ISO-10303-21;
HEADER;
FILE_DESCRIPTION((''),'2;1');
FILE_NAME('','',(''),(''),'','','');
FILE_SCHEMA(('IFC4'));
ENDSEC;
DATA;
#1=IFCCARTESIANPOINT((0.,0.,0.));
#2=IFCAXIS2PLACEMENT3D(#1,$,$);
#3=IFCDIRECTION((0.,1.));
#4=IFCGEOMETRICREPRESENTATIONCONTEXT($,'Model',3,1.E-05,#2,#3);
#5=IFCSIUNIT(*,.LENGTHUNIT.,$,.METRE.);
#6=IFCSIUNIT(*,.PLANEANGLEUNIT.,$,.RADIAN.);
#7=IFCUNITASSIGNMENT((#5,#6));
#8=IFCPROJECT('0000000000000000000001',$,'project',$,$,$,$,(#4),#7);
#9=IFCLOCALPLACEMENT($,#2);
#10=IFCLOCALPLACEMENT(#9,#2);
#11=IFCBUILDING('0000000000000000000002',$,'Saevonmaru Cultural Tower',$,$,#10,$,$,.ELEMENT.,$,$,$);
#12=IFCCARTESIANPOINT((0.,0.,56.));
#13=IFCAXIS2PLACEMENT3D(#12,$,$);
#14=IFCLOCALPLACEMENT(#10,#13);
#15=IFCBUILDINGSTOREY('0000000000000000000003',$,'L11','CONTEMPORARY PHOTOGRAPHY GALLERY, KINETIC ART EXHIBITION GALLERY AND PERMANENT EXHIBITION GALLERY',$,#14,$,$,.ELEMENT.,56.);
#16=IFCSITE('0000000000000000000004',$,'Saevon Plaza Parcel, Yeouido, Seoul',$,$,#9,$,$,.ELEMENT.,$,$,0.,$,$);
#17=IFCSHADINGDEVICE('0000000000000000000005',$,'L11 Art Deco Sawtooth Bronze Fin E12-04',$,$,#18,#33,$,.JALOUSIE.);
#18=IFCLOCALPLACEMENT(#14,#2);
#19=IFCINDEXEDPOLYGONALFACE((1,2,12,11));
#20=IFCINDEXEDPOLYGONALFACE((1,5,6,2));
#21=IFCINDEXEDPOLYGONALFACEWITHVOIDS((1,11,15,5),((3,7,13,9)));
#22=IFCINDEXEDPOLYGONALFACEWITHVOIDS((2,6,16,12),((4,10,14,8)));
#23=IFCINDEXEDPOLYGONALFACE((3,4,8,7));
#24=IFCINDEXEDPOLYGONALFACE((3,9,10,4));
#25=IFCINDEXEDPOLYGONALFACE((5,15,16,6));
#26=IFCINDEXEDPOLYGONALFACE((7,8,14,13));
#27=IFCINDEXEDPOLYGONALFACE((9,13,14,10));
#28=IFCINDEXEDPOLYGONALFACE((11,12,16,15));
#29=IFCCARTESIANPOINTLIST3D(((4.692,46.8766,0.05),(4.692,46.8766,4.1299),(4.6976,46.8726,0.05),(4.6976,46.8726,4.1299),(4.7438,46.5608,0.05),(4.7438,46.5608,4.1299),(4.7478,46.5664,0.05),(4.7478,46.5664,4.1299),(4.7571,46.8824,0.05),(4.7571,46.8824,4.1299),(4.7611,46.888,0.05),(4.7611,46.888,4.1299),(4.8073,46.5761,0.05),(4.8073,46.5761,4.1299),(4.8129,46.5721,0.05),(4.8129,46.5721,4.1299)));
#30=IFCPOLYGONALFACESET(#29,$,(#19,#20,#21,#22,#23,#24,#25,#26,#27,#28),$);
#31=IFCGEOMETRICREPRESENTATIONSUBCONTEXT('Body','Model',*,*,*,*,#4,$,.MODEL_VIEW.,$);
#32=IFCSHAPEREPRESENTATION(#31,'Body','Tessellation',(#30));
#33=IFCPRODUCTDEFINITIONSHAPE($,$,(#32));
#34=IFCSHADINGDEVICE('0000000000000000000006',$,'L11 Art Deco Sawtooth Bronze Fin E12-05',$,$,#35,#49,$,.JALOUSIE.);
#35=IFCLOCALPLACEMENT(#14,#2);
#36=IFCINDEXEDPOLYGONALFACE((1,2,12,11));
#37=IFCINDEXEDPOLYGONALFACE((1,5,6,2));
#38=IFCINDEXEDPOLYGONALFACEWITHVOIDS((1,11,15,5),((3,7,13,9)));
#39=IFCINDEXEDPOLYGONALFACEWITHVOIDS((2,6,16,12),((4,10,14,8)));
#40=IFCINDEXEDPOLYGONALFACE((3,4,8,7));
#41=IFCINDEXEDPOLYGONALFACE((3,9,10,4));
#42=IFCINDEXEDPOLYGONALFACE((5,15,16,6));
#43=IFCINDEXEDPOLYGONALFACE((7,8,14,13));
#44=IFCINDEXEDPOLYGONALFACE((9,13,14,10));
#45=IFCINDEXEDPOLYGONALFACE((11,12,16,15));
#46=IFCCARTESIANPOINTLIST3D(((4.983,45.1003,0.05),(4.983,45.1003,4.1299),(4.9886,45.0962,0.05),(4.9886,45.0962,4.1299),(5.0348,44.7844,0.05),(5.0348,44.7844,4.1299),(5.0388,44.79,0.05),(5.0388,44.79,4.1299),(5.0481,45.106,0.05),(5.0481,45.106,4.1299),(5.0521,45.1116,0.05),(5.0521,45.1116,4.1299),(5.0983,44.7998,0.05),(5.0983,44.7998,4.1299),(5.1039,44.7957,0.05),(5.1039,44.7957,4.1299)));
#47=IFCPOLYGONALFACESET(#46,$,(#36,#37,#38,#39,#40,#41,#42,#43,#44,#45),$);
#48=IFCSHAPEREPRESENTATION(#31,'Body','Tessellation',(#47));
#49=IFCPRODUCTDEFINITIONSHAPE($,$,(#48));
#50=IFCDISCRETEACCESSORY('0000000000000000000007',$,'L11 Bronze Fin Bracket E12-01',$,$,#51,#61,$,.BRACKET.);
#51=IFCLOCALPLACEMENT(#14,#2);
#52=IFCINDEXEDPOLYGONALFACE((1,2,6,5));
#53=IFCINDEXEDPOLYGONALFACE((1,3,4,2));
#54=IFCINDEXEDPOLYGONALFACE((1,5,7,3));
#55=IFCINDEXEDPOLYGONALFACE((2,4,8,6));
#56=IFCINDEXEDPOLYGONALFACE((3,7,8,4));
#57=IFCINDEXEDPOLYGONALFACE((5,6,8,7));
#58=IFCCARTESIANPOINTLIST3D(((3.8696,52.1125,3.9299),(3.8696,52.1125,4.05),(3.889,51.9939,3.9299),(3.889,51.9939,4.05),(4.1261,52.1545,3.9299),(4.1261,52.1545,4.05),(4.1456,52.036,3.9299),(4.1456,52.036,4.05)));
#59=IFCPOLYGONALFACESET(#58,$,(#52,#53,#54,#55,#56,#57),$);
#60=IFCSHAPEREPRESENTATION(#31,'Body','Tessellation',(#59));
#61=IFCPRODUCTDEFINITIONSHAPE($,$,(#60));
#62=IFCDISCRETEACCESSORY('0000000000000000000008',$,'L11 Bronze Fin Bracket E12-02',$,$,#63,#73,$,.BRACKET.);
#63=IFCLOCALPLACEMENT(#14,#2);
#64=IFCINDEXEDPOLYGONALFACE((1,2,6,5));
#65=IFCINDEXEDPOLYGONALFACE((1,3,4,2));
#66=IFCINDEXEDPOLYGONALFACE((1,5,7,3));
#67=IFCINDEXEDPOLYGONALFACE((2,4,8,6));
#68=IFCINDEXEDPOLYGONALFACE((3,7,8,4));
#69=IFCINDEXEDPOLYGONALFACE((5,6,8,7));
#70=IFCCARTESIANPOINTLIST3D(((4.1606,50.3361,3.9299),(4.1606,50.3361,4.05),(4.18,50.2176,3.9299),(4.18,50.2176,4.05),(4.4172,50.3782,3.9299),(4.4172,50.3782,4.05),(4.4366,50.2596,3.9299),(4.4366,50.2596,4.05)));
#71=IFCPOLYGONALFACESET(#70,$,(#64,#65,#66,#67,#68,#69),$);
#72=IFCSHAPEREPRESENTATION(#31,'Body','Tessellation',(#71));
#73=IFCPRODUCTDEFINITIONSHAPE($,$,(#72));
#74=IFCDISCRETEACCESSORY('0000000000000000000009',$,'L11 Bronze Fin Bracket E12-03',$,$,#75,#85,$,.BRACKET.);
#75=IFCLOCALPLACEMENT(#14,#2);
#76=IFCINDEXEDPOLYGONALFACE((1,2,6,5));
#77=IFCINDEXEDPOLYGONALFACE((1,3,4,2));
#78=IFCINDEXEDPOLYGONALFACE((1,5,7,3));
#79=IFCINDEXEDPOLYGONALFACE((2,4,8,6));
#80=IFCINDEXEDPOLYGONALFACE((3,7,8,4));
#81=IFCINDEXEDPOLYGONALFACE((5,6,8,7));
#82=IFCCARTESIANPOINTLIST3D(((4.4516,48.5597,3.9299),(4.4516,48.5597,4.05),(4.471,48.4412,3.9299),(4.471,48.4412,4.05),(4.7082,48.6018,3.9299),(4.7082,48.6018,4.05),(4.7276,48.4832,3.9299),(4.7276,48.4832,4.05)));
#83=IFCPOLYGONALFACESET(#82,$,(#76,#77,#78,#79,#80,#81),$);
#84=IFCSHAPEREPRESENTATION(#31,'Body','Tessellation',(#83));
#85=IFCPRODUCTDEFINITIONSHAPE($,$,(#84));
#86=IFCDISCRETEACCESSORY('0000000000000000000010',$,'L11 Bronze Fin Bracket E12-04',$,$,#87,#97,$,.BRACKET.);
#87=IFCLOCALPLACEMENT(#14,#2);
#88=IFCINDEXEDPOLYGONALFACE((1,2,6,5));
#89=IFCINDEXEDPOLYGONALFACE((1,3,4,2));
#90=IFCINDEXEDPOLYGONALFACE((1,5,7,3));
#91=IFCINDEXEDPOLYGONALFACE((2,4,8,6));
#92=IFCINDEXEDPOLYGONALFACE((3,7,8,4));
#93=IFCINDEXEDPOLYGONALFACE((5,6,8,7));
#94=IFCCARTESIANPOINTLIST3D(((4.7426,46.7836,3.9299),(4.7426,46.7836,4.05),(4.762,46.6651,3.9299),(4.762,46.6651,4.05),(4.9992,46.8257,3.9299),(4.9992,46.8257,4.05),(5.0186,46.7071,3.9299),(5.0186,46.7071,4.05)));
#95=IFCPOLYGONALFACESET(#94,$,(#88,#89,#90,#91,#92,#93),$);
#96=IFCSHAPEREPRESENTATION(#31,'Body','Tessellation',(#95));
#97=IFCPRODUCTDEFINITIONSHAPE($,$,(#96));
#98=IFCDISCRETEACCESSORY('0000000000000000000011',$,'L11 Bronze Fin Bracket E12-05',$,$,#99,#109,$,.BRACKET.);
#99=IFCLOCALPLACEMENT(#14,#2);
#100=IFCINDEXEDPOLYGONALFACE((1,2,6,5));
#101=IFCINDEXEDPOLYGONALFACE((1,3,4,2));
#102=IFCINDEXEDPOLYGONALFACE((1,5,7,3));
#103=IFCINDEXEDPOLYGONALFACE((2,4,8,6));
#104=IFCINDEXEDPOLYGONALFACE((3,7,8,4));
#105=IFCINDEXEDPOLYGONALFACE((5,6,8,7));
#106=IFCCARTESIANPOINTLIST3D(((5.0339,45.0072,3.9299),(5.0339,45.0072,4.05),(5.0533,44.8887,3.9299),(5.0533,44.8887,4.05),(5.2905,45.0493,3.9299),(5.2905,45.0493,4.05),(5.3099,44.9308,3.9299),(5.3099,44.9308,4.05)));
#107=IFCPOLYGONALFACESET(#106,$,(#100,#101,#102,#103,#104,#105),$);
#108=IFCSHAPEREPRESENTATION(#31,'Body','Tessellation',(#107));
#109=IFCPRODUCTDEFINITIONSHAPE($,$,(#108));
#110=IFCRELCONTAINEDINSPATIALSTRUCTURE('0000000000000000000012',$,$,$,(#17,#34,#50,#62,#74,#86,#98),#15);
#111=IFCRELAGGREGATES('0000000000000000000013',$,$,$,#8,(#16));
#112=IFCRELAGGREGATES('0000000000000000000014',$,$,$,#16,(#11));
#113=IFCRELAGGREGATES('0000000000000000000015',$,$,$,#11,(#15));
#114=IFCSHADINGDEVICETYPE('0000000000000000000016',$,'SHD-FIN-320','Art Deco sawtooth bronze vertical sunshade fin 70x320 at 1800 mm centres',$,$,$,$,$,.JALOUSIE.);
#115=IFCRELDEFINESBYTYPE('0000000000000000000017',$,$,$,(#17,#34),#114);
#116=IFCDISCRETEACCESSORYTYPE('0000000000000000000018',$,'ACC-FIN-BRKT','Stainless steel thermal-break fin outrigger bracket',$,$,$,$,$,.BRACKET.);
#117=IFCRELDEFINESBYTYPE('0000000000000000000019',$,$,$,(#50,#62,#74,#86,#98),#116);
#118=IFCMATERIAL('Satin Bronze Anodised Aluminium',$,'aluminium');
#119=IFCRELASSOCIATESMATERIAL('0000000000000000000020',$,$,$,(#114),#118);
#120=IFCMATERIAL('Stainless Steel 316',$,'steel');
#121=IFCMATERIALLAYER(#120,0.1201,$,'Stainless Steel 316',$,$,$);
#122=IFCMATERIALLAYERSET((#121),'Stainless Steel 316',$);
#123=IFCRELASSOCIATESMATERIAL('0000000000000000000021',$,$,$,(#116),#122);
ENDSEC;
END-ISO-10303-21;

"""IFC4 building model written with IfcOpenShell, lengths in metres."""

from ifc_helpers import new_model, si_unit, direction, frame, origin, origin_2d, place, context, subcontext, project, spatial, rectangle, hollow_rectangle, extrude, material, layer, layer_set, material_profile, profile_set, type_object, element, save


model = new_model("IFC4")

# Units and contexts
model_context = context("Model", 3, precision=1e-05, world=origin(), true_north=direction((0.0, 1.0)))
body_context = subcontext(model_context, "Body", "Model", "MODEL_VIEW")
ifc_project = project(units=[si_unit("LENGTHUNIT", "METRE"), si_unit("PLANEANGLEUNIT", "RADIAN")], contexts=[model_context])

# Site, building, storey
site_placement = place(None, origin())
site = spatial("IfcSite", under=ifc_project, at=site_placement, Name="Saevon Plaza Parcel, Yeouido, Seoul", CompositionType="ELEMENT", RefElevation=0.0)
building_placement = place(site_placement, origin())
building = spatial("IfcBuilding", under=site, at=building_placement, Name="Saevonmaru Cultural Tower", CompositionType="ELEMENT")
storey_placement = place(building_placement, frame((0.0, 0.0, 56.0)))
storey = spatial("IfcBuildingStorey", under=building, at=storey_placement, Name="L11", Description="CONTEMPORARY PHOTOGRAPHY GALLERY, KINETIC ART EXHIBITION GALLERY AND PERMANENT EXHIBITION GALLERY", CompositionType="ELEMENT", Elevation=56.0)

# Shared definitions
ifc_material_1 = material(Name="Satin Bronze Anodised Aluminium", Category="aluminium")

# Shading devices
ifc_material_profile_1 = material_profile(ifc_material_1, hollow_rectangle(XDim=0.0701, YDim=0.3201, WallThickness=0.0049, at=origin_2d()), Name="FIN-320x70")
ifc_profile_set_1 = profile_set([ifc_material_profile_1], Name="Satin Bronze Anodised Aluminium")
shading_device_type = type_object("IfcShadingDeviceType", Name="SHD-FIN-320", Description="Art Deco sawtooth bronze vertical sunshade fin 70x320 at 1800 mm centres", PredefinedType="JALOUSIE", material=ifc_profile_set_1)
for number, where, z_axis, x_axis, name in (
    (1, (4.7524, 46.7244, 0.05), (0.0, 0.0, 1.0), (-0.986827, -0.161776, 0.0), "L11 Art Deco Sawtooth Bronze Fin E12-04"),
    (2, (5.0435, 44.948, 0.05), (0.0, 0.0, 1.0), (-0.986827, -0.161776, 0.0), "L11 Art Deco Sawtooth Bronze Fin E12-05"),
):
    element("IfcShadingDevice", number, at=place(storey_placement, frame(where, z_axis=z_axis, x_axis=x_axis)), inside=storey, type_object=shading_device_type, Name=name, PredefinedType="JALOUSIE", context=body_context, shape_type="SweptSolid", body=[
        extrude(hollow_rectangle(XDim=0.0701, YDim=0.3201, WallThickness=0.0049, at=origin_2d()), origin(), (0.0, 0.0, 1.0), 4.0798),
    ])

# Discrete accessories
ifc_material_2 = material(Name="Stainless Steel 316", Category="steel")
ifc_layer_1 = layer(ifc_material_2, 0.1201, Name="Stainless Steel 316")
ifc_layer_set_1 = layer_set([ifc_layer_1], Name="Stainless Steel 316")
discrete_accessory_type = type_object("IfcDiscreteAccessoryType", Name="ACC-FIN-BRKT", Description="Stainless steel thermal-break fin outrigger bracket", PredefinedType="BRACKET", material=ifc_layer_set_1)
for number, where, z_axis, x_axis, name in (
    (3, (4.0076, 52.0742, 3.9299), (0.0, 0.0, 1.0), (-0.986827, -0.161776, 0.0), "L11 Bronze Fin Bracket E12-01"),
    (4, (4.2986, 50.2979, 3.9299), (0.0, 0.0, 1.0), (-0.986827, -0.161776, 0.0), "L11 Bronze Fin Bracket E12-02"),
    (5, (4.5896, 48.5215, 3.9299), (0.0, 0.0, 1.0), (-0.986827, -0.161776, 0.0), "L11 Bronze Fin Bracket E12-03"),
    (6, (4.8806, 46.7454, 3.9299), (0.0, 0.0, 1.0), (-0.986827, -0.161776, 0.0), "L11 Bronze Fin Bracket E12-04"),
    (7, (5.1719, 44.969, 3.9299), (0.0, 0.0, 1.0), (-0.986827, -0.161776, 0.0), "L11 Bronze Fin Bracket E12-05"),
):
    element("IfcDiscreteAccessory", number, at=place(storey_placement, frame(where, z_axis=z_axis, x_axis=x_axis)), inside=storey, type_object=discrete_accessory_type, Name=name, PredefinedType="BRACKET", context=body_context, shape_type="SweptSolid", body=[
        extrude(rectangle(XDim=0.26, YDim=0.1201, at=origin_2d()), origin(), (0.0, 0.0, 1.0), 0.1201),
    ])

save(model, "model.ifc")
